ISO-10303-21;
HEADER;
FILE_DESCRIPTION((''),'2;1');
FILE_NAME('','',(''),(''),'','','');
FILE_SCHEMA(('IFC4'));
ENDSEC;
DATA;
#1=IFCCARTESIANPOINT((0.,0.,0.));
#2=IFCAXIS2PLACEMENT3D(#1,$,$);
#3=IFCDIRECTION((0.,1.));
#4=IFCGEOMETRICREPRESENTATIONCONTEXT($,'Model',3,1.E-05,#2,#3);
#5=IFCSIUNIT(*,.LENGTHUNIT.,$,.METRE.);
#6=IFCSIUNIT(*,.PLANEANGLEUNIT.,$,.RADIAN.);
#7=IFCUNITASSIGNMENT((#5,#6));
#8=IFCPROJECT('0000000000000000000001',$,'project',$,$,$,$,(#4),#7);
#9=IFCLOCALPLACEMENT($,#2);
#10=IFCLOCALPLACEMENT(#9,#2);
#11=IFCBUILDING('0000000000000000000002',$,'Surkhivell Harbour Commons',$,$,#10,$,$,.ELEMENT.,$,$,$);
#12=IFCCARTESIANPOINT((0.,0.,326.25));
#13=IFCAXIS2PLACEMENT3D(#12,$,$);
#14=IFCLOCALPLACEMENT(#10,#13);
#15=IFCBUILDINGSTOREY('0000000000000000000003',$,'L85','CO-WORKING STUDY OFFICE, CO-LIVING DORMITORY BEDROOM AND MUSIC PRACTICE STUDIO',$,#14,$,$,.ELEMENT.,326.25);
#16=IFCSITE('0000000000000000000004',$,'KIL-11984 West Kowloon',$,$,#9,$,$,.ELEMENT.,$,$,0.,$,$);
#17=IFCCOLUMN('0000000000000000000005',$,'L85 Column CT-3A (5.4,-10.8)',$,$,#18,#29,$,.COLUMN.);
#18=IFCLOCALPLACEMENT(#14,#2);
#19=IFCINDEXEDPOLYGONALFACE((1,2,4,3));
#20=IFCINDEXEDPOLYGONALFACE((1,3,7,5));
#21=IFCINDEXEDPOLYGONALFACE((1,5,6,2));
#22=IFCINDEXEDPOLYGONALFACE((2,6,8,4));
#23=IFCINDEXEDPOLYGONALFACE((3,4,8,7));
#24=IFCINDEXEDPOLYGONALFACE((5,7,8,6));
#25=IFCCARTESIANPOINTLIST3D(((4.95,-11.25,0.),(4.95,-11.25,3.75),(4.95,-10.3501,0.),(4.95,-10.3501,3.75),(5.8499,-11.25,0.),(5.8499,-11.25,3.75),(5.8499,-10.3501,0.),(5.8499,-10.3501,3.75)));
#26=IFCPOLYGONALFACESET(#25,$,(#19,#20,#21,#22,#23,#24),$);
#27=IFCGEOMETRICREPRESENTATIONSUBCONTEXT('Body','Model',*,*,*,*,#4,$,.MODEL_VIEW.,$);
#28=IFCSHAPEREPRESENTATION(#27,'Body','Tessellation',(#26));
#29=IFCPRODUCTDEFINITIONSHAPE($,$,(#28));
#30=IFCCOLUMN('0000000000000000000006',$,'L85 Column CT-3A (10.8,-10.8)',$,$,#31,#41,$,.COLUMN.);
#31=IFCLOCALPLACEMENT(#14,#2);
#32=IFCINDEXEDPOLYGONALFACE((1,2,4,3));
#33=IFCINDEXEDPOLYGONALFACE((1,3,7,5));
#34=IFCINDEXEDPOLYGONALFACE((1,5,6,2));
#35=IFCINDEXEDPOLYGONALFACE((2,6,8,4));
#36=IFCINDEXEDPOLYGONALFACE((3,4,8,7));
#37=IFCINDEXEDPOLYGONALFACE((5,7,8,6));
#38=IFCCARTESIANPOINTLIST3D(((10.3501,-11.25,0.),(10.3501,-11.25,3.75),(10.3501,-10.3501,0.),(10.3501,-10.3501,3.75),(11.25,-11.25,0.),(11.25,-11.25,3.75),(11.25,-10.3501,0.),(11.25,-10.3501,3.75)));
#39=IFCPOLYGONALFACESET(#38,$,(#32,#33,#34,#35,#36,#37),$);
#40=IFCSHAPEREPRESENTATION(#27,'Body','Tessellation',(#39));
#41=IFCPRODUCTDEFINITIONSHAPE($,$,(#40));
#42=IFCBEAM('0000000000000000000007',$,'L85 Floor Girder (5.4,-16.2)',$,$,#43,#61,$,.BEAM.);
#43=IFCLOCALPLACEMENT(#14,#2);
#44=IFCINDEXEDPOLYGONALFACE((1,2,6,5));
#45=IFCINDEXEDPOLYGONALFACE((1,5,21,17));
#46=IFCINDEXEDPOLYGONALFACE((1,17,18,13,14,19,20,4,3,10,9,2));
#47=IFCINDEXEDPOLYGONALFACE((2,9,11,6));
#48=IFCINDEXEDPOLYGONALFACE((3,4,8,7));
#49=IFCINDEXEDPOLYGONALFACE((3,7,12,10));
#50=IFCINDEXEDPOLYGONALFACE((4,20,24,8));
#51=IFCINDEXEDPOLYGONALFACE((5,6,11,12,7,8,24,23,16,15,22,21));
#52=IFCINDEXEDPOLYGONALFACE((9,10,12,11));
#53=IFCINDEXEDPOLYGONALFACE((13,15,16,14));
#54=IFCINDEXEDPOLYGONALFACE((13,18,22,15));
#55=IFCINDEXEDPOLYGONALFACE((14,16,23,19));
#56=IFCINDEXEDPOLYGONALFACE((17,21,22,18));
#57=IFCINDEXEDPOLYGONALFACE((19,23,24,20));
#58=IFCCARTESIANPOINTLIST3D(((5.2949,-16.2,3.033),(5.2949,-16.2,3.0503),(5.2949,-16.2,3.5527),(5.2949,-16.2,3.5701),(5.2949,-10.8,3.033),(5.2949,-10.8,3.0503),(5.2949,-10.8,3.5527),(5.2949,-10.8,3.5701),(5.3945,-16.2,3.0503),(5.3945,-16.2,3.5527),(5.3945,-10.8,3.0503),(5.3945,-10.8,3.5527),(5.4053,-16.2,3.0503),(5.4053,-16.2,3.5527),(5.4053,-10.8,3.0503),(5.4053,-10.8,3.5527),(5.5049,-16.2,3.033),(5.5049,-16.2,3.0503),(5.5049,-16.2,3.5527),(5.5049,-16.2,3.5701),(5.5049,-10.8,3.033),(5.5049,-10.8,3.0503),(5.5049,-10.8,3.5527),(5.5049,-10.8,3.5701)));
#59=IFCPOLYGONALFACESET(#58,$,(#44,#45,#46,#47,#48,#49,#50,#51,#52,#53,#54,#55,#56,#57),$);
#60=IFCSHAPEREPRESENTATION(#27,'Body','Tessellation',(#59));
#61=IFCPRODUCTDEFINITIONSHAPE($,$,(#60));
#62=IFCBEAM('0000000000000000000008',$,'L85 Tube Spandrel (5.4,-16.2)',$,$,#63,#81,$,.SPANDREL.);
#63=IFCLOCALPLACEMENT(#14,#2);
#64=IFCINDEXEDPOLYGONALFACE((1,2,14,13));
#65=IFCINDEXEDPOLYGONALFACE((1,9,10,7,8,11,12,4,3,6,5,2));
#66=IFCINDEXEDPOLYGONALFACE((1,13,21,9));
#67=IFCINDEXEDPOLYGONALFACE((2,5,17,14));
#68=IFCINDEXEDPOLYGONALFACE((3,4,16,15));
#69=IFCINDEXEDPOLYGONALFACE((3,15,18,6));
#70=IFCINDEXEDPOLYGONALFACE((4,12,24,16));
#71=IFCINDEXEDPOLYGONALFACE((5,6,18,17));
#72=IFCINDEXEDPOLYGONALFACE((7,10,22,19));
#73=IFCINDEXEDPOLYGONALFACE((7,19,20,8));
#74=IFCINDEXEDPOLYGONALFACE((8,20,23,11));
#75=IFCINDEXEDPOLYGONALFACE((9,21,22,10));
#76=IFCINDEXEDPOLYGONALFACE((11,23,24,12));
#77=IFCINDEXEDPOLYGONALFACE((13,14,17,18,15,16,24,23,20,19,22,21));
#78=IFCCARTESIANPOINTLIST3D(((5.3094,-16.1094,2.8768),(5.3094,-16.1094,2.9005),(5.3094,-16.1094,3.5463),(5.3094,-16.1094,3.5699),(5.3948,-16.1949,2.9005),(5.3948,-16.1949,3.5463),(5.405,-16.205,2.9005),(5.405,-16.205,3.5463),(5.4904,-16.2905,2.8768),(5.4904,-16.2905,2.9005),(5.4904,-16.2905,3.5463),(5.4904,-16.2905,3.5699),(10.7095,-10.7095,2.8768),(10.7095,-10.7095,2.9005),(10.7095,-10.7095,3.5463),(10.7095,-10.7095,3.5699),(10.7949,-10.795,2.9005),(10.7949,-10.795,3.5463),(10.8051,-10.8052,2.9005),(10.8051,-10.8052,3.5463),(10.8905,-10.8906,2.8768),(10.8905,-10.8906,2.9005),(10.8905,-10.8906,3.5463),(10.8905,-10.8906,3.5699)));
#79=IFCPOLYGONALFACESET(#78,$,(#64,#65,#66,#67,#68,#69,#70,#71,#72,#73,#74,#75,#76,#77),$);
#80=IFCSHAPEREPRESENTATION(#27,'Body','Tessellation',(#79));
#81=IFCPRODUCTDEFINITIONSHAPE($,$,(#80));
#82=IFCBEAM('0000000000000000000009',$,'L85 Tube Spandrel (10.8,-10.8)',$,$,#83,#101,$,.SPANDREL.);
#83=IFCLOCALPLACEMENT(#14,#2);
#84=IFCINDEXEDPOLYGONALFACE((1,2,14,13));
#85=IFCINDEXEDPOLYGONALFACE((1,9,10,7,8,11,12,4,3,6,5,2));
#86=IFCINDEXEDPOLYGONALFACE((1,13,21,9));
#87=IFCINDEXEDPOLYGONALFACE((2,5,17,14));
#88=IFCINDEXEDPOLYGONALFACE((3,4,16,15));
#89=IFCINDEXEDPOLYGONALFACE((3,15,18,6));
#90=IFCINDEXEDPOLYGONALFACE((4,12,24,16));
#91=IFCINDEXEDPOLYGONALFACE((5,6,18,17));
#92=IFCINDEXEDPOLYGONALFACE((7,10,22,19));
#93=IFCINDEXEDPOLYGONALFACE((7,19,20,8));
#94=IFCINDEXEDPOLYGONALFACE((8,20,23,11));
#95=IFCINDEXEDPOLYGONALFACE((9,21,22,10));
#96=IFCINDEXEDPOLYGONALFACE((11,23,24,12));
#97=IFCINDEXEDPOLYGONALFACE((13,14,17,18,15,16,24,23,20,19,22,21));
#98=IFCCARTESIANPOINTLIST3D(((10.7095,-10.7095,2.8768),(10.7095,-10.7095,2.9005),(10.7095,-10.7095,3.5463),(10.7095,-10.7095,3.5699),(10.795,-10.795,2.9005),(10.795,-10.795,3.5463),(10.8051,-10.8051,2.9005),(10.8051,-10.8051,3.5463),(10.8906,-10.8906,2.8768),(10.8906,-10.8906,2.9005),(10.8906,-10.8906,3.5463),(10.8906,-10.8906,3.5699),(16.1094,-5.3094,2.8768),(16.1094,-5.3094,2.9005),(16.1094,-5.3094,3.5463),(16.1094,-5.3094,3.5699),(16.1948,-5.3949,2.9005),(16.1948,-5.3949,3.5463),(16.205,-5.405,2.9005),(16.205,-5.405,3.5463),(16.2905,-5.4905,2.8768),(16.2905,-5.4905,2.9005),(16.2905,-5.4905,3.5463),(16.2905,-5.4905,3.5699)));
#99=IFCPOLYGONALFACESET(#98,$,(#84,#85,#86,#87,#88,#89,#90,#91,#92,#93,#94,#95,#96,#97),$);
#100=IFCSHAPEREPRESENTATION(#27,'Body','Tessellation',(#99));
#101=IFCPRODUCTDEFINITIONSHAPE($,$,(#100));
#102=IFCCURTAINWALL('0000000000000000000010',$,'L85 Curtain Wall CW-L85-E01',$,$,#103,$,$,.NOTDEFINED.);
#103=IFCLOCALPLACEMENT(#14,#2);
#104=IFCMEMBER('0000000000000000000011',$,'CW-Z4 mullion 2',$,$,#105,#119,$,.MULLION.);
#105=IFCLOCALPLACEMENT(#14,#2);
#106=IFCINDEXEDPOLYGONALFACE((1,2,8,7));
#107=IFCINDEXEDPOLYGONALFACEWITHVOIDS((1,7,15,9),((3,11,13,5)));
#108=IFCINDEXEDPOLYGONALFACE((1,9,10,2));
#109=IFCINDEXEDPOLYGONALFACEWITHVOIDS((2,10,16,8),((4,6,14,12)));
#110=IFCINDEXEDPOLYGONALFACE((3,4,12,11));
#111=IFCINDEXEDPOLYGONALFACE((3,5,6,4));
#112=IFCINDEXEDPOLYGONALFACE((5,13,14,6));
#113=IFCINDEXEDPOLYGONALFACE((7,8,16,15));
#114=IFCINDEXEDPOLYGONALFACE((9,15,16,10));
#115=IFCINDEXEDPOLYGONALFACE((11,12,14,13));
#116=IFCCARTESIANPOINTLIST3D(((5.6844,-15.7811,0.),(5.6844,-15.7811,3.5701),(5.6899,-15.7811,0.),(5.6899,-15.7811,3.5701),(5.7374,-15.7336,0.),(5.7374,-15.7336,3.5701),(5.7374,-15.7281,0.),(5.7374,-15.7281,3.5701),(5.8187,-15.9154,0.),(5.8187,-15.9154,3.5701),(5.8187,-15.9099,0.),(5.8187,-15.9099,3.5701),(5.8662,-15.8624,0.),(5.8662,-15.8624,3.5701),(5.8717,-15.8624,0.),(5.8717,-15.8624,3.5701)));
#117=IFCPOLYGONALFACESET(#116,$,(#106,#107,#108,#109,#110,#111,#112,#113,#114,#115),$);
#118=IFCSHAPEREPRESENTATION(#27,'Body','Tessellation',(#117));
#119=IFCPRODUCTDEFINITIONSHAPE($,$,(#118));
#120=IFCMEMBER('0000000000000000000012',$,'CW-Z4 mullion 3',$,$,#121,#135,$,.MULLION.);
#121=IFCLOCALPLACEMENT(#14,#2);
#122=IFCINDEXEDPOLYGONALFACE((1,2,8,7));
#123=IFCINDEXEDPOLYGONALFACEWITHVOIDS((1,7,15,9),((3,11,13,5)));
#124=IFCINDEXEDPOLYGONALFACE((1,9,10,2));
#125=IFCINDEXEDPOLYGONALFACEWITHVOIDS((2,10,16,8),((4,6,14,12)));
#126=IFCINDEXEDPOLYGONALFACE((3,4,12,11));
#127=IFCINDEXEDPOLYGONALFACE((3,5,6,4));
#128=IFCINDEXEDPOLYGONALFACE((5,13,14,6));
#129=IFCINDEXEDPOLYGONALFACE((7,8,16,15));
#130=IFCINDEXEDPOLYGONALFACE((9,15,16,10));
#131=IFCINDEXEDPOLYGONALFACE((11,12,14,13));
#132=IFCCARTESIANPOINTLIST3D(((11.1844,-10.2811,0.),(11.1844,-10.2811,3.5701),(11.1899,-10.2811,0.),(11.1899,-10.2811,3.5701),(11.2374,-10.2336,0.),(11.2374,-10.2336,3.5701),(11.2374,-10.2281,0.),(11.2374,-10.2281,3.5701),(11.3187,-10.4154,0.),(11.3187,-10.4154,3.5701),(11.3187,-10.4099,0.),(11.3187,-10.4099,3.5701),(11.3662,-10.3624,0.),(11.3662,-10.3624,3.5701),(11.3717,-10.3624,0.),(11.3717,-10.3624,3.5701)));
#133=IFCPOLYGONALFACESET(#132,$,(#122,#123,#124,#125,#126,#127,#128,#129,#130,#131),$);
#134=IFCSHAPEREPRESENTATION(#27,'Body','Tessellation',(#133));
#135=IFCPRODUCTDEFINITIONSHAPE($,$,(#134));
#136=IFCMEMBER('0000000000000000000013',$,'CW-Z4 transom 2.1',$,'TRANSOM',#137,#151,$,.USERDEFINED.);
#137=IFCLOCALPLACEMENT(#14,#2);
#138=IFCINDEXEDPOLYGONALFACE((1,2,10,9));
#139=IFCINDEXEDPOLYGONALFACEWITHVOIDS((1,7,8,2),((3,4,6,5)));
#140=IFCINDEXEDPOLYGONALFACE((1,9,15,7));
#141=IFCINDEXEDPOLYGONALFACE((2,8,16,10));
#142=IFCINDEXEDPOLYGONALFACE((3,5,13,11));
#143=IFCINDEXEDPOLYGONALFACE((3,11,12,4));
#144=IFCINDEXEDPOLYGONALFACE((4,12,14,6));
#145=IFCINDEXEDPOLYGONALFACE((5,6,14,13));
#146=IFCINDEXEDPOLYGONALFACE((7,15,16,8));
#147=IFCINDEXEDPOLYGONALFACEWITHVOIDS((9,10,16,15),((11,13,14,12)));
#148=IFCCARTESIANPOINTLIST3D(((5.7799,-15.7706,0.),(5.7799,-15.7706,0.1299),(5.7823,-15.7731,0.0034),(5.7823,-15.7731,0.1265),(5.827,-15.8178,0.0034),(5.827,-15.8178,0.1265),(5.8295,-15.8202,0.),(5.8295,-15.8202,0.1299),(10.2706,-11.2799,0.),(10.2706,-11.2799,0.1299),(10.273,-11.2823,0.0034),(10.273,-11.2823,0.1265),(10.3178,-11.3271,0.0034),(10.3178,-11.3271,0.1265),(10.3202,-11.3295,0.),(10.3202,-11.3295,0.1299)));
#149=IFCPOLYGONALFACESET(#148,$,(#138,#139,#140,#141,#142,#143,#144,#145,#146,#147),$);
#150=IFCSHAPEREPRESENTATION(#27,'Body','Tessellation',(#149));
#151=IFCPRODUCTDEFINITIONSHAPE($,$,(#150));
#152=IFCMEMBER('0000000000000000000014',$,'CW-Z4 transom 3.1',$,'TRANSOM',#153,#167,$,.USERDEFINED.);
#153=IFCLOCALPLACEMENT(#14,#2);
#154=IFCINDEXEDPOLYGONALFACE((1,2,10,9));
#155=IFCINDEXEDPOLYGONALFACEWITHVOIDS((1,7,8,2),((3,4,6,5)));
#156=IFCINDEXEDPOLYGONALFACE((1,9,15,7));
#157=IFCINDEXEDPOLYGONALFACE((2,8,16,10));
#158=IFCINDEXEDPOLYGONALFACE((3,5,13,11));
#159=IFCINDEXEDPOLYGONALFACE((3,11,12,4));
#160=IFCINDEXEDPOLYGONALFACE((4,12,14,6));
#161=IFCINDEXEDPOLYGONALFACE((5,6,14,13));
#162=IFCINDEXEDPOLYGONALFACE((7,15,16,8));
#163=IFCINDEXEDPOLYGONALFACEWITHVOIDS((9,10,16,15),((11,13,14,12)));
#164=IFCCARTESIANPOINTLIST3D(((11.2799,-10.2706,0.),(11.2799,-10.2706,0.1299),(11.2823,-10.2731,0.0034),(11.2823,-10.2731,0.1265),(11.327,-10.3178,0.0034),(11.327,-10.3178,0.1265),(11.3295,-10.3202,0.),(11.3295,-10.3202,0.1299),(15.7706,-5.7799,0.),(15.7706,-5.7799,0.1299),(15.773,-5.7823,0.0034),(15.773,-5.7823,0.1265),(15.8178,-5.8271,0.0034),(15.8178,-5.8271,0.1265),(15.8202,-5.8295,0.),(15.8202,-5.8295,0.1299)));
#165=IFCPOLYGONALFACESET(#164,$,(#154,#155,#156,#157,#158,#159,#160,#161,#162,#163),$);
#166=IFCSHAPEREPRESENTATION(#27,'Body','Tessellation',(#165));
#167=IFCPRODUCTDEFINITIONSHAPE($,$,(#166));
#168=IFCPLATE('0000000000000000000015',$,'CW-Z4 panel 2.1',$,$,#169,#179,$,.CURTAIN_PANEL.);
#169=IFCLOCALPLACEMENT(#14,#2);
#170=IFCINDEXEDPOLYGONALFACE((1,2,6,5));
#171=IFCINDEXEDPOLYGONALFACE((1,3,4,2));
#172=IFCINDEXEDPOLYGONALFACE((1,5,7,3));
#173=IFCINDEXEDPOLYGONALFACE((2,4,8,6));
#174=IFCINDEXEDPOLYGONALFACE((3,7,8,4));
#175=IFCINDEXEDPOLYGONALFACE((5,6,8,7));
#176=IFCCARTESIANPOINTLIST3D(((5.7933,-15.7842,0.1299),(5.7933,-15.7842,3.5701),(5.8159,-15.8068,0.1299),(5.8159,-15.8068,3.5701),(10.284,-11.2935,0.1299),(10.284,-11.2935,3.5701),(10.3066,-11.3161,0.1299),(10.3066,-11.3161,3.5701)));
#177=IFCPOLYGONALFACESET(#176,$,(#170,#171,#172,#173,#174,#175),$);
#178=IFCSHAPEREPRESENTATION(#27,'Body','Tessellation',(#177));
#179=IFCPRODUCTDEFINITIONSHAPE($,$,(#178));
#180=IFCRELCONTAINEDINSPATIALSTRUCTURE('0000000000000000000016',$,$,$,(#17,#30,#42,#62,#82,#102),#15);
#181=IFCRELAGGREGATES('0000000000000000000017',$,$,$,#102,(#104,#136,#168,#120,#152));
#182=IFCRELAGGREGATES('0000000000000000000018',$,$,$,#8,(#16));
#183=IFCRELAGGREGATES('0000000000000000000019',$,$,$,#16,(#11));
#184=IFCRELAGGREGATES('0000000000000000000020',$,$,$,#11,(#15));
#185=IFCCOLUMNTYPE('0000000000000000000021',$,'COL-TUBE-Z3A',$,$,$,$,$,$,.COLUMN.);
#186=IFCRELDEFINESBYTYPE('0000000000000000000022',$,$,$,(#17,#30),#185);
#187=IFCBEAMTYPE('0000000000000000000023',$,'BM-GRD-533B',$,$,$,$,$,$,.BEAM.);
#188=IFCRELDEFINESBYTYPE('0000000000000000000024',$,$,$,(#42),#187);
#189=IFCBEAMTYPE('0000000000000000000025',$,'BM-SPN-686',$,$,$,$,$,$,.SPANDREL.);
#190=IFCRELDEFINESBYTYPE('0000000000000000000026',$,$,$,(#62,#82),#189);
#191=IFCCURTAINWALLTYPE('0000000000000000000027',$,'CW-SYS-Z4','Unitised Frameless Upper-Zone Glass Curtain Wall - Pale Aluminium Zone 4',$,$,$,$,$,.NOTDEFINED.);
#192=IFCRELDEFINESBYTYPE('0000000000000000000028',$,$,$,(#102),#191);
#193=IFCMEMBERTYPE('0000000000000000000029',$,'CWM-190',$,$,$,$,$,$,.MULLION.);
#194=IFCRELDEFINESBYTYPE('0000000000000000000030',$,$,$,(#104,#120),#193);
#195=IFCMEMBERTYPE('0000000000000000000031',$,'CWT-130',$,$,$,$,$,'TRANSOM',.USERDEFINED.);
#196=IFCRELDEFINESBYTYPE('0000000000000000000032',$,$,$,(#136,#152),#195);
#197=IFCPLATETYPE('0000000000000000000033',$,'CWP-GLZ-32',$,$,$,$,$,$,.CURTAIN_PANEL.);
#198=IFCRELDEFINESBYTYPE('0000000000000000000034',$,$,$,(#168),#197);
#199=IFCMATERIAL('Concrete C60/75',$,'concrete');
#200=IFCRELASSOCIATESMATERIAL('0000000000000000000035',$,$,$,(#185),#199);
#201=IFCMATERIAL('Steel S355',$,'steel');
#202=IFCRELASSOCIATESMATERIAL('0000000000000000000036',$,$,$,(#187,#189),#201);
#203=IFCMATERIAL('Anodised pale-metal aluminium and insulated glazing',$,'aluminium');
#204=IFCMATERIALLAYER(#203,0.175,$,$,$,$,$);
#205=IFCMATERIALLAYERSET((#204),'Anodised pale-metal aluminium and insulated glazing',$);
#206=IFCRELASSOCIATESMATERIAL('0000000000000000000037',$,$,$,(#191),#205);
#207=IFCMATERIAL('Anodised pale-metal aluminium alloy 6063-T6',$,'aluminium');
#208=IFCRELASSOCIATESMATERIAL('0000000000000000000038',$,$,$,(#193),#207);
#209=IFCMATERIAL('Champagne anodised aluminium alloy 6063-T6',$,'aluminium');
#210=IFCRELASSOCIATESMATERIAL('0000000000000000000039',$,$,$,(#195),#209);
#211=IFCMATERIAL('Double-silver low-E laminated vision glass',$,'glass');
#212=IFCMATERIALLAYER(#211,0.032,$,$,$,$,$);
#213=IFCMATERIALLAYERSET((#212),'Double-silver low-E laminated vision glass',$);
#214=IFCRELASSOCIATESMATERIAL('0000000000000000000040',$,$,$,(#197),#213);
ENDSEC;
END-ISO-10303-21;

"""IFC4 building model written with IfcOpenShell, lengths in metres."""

from ifc_helpers import new_model, si_unit, direction, frame, frame_2d, origin, origin_2d, place, context, subcontext, project, spatial, rectangle, hollow_rectangle, i_section, extrude, material, layer, layer_set, material_profile, profile_set, type_object, element, aggregate, save


model = new_model("IFC4")

# Units and contexts
model_context = context("Model", 3, precision=1e-05, world=origin(), true_north=direction((0.0, 1.0)))
body_context = subcontext(model_context, "Body", "Model", "MODEL_VIEW")
ifc_project = project(units=[si_unit("LENGTHUNIT", "METRE"), si_unit("PLANEANGLEUNIT", "RADIAN")], contexts=[model_context])

# Site, building, storey
site_placement = place(None, origin())
site = spatial("IfcSite", under=ifc_project, at=site_placement, Name="KIL-11984 West Kowloon", CompositionType="ELEMENT", RefElevation=0.0)
building_placement = place(site_placement, origin())
building = spatial("IfcBuilding", under=site, at=building_placement, Name="Surkhivell Harbour Commons", CompositionType="ELEMENT")
storey_placement = place(building_placement, frame((0.0, 0.0, 326.25)))
storey = spatial("IfcBuildingStorey", under=building, at=storey_placement, Name="L85", Description="CO-WORKING STUDY OFFICE, CO-LIVING DORMITORY BEDROOM AND MUSIC PRACTICE STUDIO", CompositionType="ELEMENT", Elevation=326.25)

# Columns
ifc_material_1 = material(Name="Concrete C60/75", Category="concrete")
ifc_material_profile_1 = material_profile(ifc_material_1, rectangle(XDim=0.8999, YDim=0.8999, at=origin_2d()), Name="RC-COL-900x900")
ifc_profile_set_1 = profile_set([ifc_material_profile_1], Name="Concrete C60/75")
column_type = type_object("IfcColumnType", Name="COL-TUBE-Z3A", PredefinedType="COLUMN", material=ifc_profile_set_1)
for number, where, z_axis, x_axis, name in (
    (1, (5.3999, -10.8, 0.0), (0.0, 0.0, 1.0), (1.0, 0.0, 0.0), "L85 Column CT-3A (5.4,-10.8)"),
    (2, (10.8, -10.8, 0.0), (0.0, 0.0, 1.0), (1.0, 0.0, 0.0), "L85 Column CT-3A (10.8,-10.8)"),
):
    element("IfcColumn", number, at=place(storey_placement, frame(where, z_axis=z_axis, x_axis=x_axis)), inside=storey, type_object=column_type, Name=name, PredefinedType="COLUMN", context=body_context, shape_type="SweptSolid", body=[
        extrude(rectangle(XDim=0.8999, YDim=0.8999, at=origin_2d()), origin(), (0.0, 0.0, 1.0), 3.75),
    ])

# Beams
ifc_material_2 = material(Name="Steel S355", Category="steel")
ifc_material_profile_2 = material_profile(ifc_material_2, i_section(OverallWidth=0.21, OverallDepth=0.5371, WebThickness=0.0107, FlangeThickness=0.0173, at=origin_2d()), Name="UB533x210x101")
ifc_profile_set_2 = profile_set([ifc_material_profile_2], Name="Steel S355")
beam_type_1 = type_object("IfcBeamType", Name="BM-GRD-533B", PredefinedType="BEAM", material=ifc_profile_set_2)
beam_placement = place(storey_placement, frame((5.3999, -16.2, 3.3015), z_axis=(0.0, 1.0, 0.0), x_axis=(-1.0, 0.0, 0.0)))
element("IfcBeam", 3, at=beam_placement, inside=storey, type_object=beam_type_1, Name="L85 Floor Girder (5.4,-16.2)", PredefinedType="BEAM", context=body_context, shape_type="SweptSolid", body=[
    extrude(i_section(OverallWidth=0.21, OverallDepth=0.5371, WebThickness=0.0107, FlangeThickness=0.0173, at=origin_2d()), origin(), (0.0, 0.0, 1.0), 5.3999),
])
ifc_material_profile_3 = material_profile(ifc_material_2, i_section(OverallWidth=0.2561, OverallDepth=0.6931, WebThickness=0.0144, FlangeThickness=0.0237, at=origin_2d()), Name="UB686x254x170")
ifc_profile_set_3 = profile_set([ifc_material_profile_3], Name="Steel S355")
beam_type_2 = type_object("IfcBeamType", Name="BM-SPN-686", PredefinedType="SPANDREL", material=ifc_profile_set_3)
for number, where, z_axis, x_axis, name in (
    (4, (5.3999, -16.2, 3.2234), (0.707123, 0.707091, 0.0), (-0.707091, 0.707123, 0.0), "L85 Tube Spandrel (5.4,-16.2)"),
    (5, (10.8, -10.8, 3.2234), (0.707091, 0.707123, 0.0), (-0.707123, 0.707091, 0.0), "L85 Tube Spandrel (10.8,-10.8)"),
):
    element("IfcBeam", number, at=place(storey_placement, frame(where, z_axis=z_axis, x_axis=x_axis)), inside=storey, type_object=beam_type_2, Name=name, PredefinedType="SPANDREL", context=body_context, shape_type="SweptSolid", body=[
        extrude(i_section(OverallWidth=0.2561, OverallDepth=0.6931, WebThickness=0.0144, FlangeThickness=0.0237, at=origin_2d()), origin(), (0.0, 0.0, 1.0), 7.6367),
    ])

# Curtain wall, members, plate
ifc_material_3 = material(Name="Anodised pale-metal aluminium and insulated glazing", Category="aluminium")
ifc_layer_1 = layer(ifc_material_3, 0.175)
ifc_layer_set_1 = layer_set([ifc_layer_1], Name="Anodised pale-metal aluminium and insulated glazing")
curtain_wall_type = type_object("IfcCurtainWallType", Name="CW-SYS-Z4", Description="Unitised Frameless Upper-Zone Glass Curtain Wall - Pale Aluminium Zone 4", PredefinedType="NOTDEFINED", material=ifc_layer_set_1)
curtain_wall_placement = place(storey_placement, origin())
curtain_wall = element("IfcCurtainWall", 6, at=curtain_wall_placement, inside=storey, type_object=curtain_wall_type, Name="L85 Curtain Wall CW-L85-E01", PredefinedType="NOTDEFINED")
ifc_material_4 = material(Name="Anodised pale-metal aluminium alloy 6063-T6", Category="aluminium")
ifc_material_profile_4 = material_profile(ifc_material_4, hollow_rectangle(XDim=0.075, YDim=0.1899, WallThickness=0.0039, at=origin_2d()), Name="ALU-MULL-75x190")
ifc_profile_set_4 = profile_set([ifc_material_profile_4], Name="Anodised pale-metal aluminium alloy 6063-T6")
member_type_1 = type_object("IfcMemberType", Name="CWM-190", PredefinedType="MULLION", material=ifc_profile_set_4)
member_1_placement = place(storey_placement, frame((5.7781, -15.8218, 0.0), z_axis=(0.0, 0.0, 1.0), x_axis=(0.707107, 0.707107, 0.0)))
member_1 = element("IfcMember", 7, at=member_1_placement, type_object=member_type_1, Name="CW-Z4 mullion 2", PredefinedType="MULLION", context=body_context, shape_type="SweptSolid", body=[
    extrude(hollow_rectangle(XDim=0.075, YDim=0.1899, WallThickness=0.0039, at=origin_2d()), origin(), (0.0, 0.0, 1.0), 3.5701),
])
member_2_placement = place(storey_placement, frame((11.2781, -10.3218, 0.0), z_axis=(0.0, 0.0, 1.0), x_axis=(0.707107, 0.707107, 0.0)))
member_2 = element("IfcMember", 8, at=member_2_placement, type_object=member_type_1, Name="CW-Z4 mullion 3", PredefinedType="MULLION", context=body_context, shape_type="SweptSolid", body=[
    extrude(hollow_rectangle(XDim=0.075, YDim=0.1899, WallThickness=0.0039, at=origin_2d()), origin(), (0.0, 0.0, 1.0), 3.5701),
])
ifc_material_5 = material(Name="Champagne anodised aluminium alloy 6063-T6", Category="aluminium")
ifc_material_profile_5 = material_profile(ifc_material_5, hollow_rectangle(XDim=0.0701, YDim=0.1299, WallThickness=0.0034, at=origin_2d()), Name="ALU-TRAN-70x130")
ifc_profile_set_5 = profile_set([ifc_material_profile_5], Name="Champagne anodised aluminium alloy 6063-T6")
member_type_2 = type_object("IfcMemberType", Name="CWT-130", ElementType="TRANSOM", PredefinedType="USERDEFINED", material=ifc_profile_set_5)
member_3_placement = place(storey_placement, frame((5.8047, -15.7954, 0.0649), z_axis=(0.707107, 0.707107, 0.0), x_axis=(-0.707107, 0.707107, 0.0)))
member_3 = element("IfcMember", 9, at=member_3_placement, type_object=member_type_2, Name="CW-Z4 transom 2.1", ObjectType="TRANSOM", PredefinedType="USERDEFINED", context=body_context, shape_type="SweptSolid", body=[
    extrude(hollow_rectangle(XDim=0.0701, YDim=0.1299, WallThickness=0.0034, at=origin_2d()), origin(), (0.0, 0.0, 1.0), 6.3508),
])
member_4_placement = place(storey_placement, frame((11.3047, -10.2954, 0.0649), z_axis=(0.707107, 0.707107, 0.0), x_axis=(-0.707107, 0.707107, 0.0)))
member_4 = element("IfcMember", 10, at=member_4_placement, type_object=member_type_2, Name="CW-Z4 transom 3.1", ObjectType="TRANSOM", PredefinedType="USERDEFINED", context=body_context, shape_type="SweptSolid", body=[
    extrude(hollow_rectangle(XDim=0.0701, YDim=0.1299, WallThickness=0.0034, at=origin_2d()), origin(), (0.0, 0.0, 1.0), 6.3508),
])
ifc_material_6 = material(Name="Double-silver low-E laminated vision glass", Category="glass")
ifc_layer_2 = layer(ifc_material_6, 0.032)
ifc_layer_set_2 = layer_set([ifc_layer_2], Name="Double-silver low-E laminated vision glass")
plate_type = type_object("IfcPlateType", Name="CWP-GLZ-32", PredefinedType="CURTAIN_PANEL", material=ifc_layer_set_2)
plate_1_placement = place(storey_placement, frame((5.8047, -15.7954, 0.1299), z_axis=(0.0, 0.0, 1.0), x_axis=(0.707107, 0.707107, 0.0)))
plate_1 = element("IfcPlate", 11, at=plate_1_placement, type_object=plate_type, Name="CW-Z4 panel 2.1", PredefinedType="CURTAIN_PANEL", context=body_context, shape_type="SweptSolid", body=[
    extrude(rectangle(XDim=6.3508, YDim=0.032, at=frame_2d((3.1753, 0.0))), origin(), (0.0, 0.0, 1.0), 3.4402),
])
aggregate(curtain_wall, [member_1, member_3, plate_1, member_2, member_4])

save(model, "model.ifc")
